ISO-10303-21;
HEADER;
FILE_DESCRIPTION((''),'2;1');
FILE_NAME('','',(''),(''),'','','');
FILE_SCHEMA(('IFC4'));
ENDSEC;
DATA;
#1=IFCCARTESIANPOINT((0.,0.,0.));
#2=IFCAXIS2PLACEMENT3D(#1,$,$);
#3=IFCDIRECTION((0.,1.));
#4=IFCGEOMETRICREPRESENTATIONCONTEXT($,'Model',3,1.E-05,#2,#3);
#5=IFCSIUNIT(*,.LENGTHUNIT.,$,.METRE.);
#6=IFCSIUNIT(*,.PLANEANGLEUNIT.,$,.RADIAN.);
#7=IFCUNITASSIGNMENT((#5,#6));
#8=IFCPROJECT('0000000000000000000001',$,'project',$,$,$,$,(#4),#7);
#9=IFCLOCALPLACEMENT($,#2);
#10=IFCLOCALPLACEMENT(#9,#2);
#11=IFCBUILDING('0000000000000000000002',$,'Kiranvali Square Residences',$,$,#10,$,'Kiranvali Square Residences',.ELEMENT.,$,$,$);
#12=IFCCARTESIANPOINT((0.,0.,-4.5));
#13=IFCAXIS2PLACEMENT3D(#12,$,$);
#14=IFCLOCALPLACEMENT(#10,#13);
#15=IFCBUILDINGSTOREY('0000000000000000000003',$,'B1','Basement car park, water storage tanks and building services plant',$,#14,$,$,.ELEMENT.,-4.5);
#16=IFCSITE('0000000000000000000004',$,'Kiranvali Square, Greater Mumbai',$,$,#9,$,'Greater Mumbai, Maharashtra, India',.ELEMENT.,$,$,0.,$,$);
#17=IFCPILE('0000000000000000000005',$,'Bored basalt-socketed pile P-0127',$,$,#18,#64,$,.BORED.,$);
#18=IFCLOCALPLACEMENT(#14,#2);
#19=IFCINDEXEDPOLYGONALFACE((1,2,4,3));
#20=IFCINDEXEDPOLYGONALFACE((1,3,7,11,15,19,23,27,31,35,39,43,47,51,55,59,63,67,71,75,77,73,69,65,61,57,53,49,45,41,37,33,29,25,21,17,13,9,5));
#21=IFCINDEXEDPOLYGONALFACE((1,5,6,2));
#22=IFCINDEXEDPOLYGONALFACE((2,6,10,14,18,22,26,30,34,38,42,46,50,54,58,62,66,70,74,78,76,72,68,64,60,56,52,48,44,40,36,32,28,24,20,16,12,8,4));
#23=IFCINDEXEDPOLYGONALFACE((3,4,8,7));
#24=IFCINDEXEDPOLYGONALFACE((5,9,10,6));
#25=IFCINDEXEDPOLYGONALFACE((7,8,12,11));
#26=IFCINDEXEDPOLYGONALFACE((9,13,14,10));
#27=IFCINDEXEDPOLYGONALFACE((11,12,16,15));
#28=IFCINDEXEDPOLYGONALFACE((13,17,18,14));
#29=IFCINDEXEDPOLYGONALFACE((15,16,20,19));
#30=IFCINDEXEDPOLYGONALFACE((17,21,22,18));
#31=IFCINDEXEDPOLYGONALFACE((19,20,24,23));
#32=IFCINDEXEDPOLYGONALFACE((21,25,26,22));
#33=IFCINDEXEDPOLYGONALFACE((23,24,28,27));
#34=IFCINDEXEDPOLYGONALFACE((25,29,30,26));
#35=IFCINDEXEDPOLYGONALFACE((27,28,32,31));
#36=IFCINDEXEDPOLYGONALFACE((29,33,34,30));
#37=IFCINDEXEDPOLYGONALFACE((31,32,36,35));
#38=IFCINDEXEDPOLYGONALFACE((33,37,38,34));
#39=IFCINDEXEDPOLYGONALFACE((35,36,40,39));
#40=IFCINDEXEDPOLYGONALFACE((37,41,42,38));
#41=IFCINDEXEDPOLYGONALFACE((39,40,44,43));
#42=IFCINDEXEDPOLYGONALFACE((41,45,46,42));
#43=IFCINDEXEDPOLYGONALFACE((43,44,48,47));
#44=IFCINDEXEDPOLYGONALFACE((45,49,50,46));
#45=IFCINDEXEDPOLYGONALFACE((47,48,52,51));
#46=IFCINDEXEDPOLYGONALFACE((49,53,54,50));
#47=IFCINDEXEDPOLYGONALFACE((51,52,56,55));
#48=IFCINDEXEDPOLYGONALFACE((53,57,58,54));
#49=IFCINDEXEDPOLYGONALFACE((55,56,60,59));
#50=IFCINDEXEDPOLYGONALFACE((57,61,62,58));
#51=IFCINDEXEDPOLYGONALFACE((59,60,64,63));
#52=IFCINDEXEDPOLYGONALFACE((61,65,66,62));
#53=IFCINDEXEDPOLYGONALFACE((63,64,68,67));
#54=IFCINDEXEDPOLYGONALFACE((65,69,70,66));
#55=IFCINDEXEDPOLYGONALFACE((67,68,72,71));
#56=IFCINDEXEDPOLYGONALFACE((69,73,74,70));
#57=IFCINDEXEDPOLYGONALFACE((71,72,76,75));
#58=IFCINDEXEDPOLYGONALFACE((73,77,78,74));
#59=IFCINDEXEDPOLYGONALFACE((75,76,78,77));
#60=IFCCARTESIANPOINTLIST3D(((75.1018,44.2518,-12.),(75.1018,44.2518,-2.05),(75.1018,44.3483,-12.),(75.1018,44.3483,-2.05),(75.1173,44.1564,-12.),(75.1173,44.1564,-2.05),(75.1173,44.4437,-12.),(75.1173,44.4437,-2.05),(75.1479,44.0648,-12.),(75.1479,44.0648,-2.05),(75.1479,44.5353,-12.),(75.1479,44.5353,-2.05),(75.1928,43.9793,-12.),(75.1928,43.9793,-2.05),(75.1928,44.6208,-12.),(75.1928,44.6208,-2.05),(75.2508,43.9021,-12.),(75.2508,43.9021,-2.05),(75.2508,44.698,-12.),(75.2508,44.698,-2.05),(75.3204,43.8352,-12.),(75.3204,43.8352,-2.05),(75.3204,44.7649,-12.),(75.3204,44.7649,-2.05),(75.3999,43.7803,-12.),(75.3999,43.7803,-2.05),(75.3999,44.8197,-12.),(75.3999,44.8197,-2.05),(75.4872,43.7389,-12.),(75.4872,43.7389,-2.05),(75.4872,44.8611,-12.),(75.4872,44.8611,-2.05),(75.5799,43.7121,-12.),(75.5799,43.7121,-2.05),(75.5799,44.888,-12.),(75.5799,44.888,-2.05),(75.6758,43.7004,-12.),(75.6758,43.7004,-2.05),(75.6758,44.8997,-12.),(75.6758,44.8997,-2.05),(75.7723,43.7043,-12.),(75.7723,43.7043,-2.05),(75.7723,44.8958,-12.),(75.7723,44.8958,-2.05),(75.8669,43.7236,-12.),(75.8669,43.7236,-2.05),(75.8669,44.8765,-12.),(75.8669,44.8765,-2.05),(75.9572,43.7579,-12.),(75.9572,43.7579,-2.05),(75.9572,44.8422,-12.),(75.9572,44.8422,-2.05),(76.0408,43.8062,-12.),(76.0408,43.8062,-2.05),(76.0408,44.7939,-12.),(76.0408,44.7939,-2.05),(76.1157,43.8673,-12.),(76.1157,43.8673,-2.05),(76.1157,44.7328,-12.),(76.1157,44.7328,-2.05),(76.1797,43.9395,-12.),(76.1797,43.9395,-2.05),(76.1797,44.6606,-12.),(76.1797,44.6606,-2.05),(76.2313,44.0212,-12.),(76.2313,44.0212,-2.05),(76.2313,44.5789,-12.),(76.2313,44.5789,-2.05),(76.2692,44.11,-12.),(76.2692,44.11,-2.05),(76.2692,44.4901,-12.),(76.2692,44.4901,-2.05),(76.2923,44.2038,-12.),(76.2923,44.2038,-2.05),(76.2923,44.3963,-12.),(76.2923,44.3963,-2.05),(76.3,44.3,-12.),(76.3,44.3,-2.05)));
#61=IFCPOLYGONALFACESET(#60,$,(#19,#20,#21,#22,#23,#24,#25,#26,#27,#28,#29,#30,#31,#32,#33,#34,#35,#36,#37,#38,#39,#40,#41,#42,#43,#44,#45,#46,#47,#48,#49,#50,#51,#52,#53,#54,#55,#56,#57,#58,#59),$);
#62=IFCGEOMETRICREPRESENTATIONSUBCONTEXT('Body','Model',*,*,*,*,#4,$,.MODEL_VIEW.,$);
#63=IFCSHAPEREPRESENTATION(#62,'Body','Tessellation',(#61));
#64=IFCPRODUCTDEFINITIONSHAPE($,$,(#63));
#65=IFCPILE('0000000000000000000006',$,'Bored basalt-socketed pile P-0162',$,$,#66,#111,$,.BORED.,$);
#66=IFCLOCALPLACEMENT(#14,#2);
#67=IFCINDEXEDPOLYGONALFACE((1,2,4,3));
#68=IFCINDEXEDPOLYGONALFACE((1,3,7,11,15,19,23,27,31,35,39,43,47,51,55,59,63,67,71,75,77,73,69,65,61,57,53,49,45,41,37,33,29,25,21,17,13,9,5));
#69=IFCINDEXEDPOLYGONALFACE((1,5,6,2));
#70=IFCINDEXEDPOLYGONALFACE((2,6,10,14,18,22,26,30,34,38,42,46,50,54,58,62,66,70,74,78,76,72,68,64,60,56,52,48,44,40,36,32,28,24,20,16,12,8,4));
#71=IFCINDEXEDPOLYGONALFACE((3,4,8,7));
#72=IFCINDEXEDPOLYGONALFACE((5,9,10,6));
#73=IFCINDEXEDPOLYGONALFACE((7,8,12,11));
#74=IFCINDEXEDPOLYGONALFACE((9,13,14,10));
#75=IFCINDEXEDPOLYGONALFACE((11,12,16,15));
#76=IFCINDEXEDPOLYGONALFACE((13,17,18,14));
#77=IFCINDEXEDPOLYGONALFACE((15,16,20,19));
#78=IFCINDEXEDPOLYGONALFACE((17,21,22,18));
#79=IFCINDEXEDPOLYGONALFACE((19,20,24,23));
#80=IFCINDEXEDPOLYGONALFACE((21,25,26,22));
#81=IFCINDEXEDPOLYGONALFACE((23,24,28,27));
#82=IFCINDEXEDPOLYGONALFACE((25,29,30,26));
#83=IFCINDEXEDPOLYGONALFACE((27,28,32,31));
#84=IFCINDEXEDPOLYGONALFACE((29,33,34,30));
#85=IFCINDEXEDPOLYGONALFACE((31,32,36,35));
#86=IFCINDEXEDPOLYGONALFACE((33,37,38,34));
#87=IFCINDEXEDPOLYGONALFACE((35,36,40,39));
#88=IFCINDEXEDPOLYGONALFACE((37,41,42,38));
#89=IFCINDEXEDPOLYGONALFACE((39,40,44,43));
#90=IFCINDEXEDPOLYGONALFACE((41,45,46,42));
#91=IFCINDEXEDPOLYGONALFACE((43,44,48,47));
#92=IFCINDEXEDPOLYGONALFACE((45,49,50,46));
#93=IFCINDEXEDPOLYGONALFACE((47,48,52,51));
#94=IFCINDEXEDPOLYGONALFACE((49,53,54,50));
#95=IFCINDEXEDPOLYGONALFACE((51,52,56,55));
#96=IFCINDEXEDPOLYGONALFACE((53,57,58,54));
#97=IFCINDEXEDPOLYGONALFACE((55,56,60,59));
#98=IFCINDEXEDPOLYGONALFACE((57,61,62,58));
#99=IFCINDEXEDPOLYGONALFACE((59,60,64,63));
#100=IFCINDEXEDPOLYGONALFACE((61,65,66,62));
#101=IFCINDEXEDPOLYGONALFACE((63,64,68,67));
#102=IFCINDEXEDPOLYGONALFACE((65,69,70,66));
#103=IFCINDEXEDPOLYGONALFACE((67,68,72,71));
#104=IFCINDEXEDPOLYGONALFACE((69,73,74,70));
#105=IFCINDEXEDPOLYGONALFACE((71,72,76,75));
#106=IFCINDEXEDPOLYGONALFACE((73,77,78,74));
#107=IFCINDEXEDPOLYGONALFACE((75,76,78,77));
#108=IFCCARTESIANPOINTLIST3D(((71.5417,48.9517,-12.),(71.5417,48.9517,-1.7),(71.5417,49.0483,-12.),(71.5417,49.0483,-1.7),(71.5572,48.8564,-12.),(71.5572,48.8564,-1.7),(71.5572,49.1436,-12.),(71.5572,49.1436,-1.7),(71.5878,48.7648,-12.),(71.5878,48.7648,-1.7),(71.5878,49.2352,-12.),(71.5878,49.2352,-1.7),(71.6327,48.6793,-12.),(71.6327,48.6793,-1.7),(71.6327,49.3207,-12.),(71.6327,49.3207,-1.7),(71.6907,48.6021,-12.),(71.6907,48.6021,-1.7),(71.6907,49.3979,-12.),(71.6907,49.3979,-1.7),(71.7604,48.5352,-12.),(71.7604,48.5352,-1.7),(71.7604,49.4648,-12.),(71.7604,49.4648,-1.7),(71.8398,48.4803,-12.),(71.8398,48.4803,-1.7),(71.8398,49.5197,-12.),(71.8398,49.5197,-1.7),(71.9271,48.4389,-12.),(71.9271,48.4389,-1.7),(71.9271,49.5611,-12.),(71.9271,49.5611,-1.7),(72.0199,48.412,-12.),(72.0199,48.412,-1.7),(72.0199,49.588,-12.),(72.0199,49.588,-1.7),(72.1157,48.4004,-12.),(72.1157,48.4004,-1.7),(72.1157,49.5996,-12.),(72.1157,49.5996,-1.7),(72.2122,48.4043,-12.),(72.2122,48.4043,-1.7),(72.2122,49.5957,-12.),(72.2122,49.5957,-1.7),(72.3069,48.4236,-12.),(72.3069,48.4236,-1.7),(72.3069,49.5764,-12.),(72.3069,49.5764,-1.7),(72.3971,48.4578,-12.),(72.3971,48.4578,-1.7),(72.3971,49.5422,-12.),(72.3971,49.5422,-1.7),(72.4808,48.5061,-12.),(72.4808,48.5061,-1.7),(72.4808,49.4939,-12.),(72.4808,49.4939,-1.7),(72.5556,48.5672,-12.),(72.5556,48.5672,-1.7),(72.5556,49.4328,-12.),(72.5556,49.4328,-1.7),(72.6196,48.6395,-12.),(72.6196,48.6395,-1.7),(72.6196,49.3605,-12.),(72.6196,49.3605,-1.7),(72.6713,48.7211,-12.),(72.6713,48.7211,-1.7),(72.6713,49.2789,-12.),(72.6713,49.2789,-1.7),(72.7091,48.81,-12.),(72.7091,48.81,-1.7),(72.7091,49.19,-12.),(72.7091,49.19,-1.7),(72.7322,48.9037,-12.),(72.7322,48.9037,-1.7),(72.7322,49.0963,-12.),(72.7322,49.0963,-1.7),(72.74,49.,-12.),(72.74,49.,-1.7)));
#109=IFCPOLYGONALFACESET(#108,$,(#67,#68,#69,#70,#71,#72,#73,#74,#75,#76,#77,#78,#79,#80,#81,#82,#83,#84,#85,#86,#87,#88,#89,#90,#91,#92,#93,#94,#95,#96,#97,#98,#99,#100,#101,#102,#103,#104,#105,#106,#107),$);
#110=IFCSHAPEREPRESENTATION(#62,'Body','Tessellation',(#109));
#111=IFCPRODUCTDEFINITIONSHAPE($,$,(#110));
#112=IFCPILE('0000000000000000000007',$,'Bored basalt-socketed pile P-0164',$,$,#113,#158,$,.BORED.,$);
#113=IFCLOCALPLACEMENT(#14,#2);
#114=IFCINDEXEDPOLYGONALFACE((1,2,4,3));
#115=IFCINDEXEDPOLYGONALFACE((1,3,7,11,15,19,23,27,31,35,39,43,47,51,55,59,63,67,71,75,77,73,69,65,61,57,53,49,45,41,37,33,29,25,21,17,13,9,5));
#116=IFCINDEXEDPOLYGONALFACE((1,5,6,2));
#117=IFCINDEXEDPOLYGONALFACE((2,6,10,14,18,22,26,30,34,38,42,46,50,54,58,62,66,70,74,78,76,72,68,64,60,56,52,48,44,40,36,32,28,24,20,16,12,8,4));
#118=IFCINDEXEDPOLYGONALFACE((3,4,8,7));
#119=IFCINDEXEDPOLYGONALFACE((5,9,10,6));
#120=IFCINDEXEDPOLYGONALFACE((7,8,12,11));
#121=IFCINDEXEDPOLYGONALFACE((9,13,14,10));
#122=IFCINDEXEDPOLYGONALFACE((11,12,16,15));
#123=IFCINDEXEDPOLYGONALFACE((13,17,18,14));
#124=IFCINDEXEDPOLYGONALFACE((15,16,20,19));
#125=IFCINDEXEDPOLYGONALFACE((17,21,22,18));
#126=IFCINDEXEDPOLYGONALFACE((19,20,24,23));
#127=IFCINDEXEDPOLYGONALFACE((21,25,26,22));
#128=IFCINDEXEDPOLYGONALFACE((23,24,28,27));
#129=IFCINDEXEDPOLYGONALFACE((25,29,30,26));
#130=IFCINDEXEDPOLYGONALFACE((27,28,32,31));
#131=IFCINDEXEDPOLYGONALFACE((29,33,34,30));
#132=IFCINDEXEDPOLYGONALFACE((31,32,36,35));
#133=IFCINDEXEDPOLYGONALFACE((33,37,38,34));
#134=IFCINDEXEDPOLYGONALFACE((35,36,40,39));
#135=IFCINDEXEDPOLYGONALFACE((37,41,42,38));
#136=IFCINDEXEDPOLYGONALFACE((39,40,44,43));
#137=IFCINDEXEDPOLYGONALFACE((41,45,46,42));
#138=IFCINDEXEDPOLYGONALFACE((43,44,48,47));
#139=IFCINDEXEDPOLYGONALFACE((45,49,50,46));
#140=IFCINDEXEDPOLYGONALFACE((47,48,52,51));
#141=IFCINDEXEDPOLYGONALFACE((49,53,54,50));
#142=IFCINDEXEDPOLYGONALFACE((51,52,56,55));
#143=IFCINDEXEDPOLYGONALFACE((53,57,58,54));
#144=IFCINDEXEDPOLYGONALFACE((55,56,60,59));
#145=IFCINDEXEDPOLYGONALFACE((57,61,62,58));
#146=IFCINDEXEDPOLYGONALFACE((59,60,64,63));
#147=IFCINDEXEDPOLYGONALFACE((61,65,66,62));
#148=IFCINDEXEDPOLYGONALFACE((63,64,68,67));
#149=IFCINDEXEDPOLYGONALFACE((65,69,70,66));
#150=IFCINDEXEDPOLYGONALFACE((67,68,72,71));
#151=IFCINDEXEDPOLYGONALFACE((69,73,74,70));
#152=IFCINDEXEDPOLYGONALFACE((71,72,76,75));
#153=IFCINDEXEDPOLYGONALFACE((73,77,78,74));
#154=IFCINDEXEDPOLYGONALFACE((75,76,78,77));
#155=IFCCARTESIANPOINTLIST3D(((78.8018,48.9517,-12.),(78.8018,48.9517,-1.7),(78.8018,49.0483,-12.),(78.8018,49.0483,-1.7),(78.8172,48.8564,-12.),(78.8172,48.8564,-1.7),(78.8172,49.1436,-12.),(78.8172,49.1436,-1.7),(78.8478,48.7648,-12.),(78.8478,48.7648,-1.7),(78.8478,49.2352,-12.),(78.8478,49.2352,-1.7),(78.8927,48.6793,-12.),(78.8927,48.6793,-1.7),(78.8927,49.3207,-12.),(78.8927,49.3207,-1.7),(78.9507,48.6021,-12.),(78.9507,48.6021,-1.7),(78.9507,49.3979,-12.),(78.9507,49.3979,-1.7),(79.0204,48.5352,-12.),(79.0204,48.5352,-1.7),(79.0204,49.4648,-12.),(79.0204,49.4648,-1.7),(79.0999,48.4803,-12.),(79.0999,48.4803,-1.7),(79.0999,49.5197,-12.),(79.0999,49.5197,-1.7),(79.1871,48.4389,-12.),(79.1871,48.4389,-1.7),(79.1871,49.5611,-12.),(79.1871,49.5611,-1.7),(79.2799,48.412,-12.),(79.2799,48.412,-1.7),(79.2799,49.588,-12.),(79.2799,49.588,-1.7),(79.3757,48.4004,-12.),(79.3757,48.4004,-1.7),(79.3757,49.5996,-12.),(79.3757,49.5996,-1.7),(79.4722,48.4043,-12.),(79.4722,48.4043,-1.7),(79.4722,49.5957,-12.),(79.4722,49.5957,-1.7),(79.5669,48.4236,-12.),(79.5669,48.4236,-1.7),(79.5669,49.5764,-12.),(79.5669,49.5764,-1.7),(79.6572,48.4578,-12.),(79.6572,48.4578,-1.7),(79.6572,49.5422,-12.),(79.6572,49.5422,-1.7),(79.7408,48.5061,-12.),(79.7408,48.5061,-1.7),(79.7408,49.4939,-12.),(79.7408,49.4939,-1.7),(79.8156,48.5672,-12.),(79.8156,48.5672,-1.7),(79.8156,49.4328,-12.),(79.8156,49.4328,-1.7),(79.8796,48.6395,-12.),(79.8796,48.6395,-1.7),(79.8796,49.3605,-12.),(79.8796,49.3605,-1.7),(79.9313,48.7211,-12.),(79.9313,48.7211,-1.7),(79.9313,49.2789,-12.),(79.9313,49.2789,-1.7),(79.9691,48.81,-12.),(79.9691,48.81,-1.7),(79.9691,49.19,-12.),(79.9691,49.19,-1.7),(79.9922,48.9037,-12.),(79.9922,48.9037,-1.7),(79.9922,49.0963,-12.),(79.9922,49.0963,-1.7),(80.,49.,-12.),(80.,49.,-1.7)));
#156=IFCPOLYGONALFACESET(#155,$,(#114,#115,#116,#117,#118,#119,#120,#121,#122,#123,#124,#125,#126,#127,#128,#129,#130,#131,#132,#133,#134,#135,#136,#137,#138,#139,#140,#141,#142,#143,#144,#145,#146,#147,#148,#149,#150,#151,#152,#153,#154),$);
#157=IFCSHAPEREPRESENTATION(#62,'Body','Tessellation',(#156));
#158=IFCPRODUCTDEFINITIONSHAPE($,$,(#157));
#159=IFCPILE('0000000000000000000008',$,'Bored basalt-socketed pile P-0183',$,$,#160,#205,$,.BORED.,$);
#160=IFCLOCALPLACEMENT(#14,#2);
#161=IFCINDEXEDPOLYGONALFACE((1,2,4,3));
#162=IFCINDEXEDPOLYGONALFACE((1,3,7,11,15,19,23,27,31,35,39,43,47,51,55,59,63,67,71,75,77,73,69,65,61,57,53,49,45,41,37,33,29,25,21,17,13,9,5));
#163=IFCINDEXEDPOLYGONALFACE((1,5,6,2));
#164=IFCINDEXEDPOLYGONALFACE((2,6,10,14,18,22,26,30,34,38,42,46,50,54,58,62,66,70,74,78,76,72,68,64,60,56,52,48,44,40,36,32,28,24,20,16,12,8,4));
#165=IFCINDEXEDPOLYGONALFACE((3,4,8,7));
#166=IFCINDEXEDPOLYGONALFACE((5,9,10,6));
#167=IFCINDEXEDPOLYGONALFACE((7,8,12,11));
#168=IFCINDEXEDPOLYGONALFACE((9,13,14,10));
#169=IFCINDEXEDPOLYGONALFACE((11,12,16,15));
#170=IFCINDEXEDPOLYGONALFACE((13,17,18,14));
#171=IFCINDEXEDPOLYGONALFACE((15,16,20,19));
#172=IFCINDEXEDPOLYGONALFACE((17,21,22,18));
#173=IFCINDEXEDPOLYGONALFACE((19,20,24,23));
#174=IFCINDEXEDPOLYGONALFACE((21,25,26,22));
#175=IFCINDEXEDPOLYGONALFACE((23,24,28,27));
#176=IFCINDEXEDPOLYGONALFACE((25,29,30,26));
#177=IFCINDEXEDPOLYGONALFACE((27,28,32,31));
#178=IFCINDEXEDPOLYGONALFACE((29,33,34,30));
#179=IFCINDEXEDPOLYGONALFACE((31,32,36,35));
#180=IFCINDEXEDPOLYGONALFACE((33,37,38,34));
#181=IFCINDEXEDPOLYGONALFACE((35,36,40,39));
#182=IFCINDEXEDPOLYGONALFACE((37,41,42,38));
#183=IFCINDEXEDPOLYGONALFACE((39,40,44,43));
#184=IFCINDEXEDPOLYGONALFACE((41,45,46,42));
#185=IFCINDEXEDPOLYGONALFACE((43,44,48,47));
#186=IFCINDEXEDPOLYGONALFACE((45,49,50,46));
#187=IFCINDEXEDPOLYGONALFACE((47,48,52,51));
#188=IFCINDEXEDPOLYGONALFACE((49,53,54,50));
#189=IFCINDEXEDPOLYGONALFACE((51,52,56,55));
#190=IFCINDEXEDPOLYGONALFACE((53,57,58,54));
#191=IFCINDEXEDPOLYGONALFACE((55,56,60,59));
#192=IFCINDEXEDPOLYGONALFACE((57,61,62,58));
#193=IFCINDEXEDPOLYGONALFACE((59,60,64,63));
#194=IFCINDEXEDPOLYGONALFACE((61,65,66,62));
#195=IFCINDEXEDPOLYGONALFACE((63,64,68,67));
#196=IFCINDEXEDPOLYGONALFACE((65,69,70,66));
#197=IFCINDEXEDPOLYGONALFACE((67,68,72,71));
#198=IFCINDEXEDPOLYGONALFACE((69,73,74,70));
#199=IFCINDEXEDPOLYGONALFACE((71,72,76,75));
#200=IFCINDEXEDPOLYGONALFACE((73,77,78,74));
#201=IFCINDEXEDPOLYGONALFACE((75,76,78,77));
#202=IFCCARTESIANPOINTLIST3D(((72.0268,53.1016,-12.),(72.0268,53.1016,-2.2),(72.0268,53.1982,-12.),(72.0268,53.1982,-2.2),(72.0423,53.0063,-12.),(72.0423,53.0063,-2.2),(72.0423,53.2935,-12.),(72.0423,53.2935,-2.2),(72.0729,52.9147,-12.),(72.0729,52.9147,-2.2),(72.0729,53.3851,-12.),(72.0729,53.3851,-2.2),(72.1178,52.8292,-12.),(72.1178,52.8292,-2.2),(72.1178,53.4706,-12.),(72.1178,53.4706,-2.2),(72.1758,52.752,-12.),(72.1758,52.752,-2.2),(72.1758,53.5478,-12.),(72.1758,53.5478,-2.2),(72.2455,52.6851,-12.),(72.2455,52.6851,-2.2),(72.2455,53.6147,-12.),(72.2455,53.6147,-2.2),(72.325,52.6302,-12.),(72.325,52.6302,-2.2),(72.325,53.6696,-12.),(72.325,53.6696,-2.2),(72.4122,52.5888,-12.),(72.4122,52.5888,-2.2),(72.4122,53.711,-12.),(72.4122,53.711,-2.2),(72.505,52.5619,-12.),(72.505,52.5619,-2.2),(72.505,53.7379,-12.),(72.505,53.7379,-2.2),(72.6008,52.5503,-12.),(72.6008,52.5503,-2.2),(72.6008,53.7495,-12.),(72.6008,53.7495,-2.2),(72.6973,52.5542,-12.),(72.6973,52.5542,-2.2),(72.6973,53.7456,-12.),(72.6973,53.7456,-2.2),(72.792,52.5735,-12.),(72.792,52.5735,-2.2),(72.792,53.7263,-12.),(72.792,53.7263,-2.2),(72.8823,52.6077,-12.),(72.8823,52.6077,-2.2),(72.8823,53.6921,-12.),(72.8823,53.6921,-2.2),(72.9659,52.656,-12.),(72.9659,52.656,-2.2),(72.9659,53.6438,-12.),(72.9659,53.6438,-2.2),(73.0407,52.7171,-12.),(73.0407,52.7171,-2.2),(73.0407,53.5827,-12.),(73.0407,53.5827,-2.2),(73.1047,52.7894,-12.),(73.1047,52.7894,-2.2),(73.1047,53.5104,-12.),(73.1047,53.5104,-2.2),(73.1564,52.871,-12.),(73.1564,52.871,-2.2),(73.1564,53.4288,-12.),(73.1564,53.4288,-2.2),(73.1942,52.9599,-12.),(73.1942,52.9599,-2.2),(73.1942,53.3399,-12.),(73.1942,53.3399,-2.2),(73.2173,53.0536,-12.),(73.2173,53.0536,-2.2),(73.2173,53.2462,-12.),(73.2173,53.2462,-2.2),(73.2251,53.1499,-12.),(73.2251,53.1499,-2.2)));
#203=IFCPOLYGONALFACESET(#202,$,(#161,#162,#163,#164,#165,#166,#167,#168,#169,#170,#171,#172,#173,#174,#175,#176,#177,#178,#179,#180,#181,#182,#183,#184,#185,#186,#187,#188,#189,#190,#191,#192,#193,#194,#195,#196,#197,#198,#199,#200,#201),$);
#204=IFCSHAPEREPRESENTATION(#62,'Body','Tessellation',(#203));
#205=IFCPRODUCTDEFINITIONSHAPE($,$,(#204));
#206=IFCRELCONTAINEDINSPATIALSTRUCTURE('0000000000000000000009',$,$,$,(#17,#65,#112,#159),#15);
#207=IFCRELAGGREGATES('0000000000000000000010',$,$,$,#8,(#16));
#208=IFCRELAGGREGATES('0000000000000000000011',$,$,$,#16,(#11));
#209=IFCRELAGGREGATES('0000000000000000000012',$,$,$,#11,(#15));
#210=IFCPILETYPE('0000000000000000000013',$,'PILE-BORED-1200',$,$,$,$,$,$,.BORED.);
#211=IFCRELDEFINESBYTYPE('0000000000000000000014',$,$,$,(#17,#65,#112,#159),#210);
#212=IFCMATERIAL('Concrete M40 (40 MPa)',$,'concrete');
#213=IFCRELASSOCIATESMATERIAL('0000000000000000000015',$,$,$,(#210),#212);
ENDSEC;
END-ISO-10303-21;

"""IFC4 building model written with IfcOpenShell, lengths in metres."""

from ifc_helpers import new_model, si_unit, direction, frame, origin, origin_2d, place, context, subcontext, project, spatial, circle, extrude, material, material_profile, profile_set, type_object, element, save


model = new_model("IFC4")

# Units and contexts
model_context = context("Model", 3, precision=1e-05, world=origin(), true_north=direction((0.0, 1.0)))
body_context = subcontext(model_context, "Body", "Model", "MODEL_VIEW")
ifc_project = project(units=[si_unit("LENGTHUNIT", "METRE"), si_unit("PLANEANGLEUNIT", "RADIAN")], contexts=[model_context])

# Site, building, storey
site_placement = place(None, origin())
site = spatial("IfcSite", under=ifc_project, at=site_placement, Name="Kiranvali Square, Greater Mumbai", LongName="Greater Mumbai, Maharashtra, India", CompositionType="ELEMENT", RefElevation=0.0)
building_placement = place(site_placement, origin())
building = spatial("IfcBuilding", under=site, at=building_placement, Name="Kiranvali Square Residences", LongName="Kiranvali Square Residences", CompositionType="ELEMENT")
storey_placement = place(building_placement, frame((0.0, 0.0, -4.5)))
storey = spatial("IfcBuildingStorey", under=building, at=storey_placement, Name="B1", Description="Basement car park, water storage tanks and building services plant", CompositionType="ELEMENT", Elevation=-4.5)

# Shared definitions
ifc_material_1 = material(Name="Concrete M40 (40 MPa)", Category="concrete")

# Piles
ifc_material_profile_1 = material_profile(ifc_material_1, circle(Radius=0.6001, at=origin_2d()), Name="BORED PILE 1200")
ifc_profile_set_1 = profile_set([ifc_material_profile_1], Name="Concrete M40 (40 MPa)")
pile_type_1 = type_object("IfcPileType", Name="PILE-BORED-1200", PredefinedType="BORED", material=ifc_profile_set_1)
for number, where, z_axis, x_axis, name in (
    (1, (75.7, 44.3, -2.05), (0.0, 0.0, -1.0), (1.0, 0.0, 0.0), "Bored basalt-socketed pile P-0127"),
):
    element("IfcPile", number, at=place(storey_placement, frame(where, z_axis=z_axis, x_axis=x_axis)), inside=storey, type_object=pile_type_1, Name=name, PredefinedType="BORED", context=body_context, shape_type="SweptSolid", body=[
        extrude(circle(Radius=0.6001, at=origin_2d()), origin(), (0.0, 0.0, 1.0), 9.95),
    ])
for number, where, z_axis, x_axis, name in (
    (2, (72.1399, 49.0, -1.7), (0.0, 0.0, -1.0), (1.0, 0.0, 0.0), "Bored basalt-socketed pile P-0162"),
    (3, (79.3999, 49.0, -1.7), (0.0, 0.0, -1.0), (1.0, 0.0, 0.0), "Bored basalt-socketed pile P-0164"),
):
    element("IfcPile", number, at=place(storey_placement, frame(where, z_axis=z_axis, x_axis=x_axis)), inside=storey, type_object=pile_type_1, Name=name, PredefinedType="BORED", context=body_context, shape_type="SweptSolid", body=[
        extrude(circle(Radius=0.6001, at=origin_2d()), origin(), (0.0, 0.0, 1.0), 10.3),
    ])
pile_1_placement = place(storey_placement, frame((72.625, 53.1499, -2.2), z_axis=(0.0, 0.0, -1.0), x_axis=(1.0, 0.0, 0.0)))
element("IfcPile", 4, at=pile_1_placement, inside=storey, type_object=pile_type_1, Name="Bored basalt-socketed pile P-0183", PredefinedType="BORED", context=body_context, shape_type="SweptSolid", body=[
    extrude(circle(Radius=0.6001, at=origin_2d()), origin(), (0.0, 0.0, 1.0), 9.8),
])

save(model, "model.ifc")
